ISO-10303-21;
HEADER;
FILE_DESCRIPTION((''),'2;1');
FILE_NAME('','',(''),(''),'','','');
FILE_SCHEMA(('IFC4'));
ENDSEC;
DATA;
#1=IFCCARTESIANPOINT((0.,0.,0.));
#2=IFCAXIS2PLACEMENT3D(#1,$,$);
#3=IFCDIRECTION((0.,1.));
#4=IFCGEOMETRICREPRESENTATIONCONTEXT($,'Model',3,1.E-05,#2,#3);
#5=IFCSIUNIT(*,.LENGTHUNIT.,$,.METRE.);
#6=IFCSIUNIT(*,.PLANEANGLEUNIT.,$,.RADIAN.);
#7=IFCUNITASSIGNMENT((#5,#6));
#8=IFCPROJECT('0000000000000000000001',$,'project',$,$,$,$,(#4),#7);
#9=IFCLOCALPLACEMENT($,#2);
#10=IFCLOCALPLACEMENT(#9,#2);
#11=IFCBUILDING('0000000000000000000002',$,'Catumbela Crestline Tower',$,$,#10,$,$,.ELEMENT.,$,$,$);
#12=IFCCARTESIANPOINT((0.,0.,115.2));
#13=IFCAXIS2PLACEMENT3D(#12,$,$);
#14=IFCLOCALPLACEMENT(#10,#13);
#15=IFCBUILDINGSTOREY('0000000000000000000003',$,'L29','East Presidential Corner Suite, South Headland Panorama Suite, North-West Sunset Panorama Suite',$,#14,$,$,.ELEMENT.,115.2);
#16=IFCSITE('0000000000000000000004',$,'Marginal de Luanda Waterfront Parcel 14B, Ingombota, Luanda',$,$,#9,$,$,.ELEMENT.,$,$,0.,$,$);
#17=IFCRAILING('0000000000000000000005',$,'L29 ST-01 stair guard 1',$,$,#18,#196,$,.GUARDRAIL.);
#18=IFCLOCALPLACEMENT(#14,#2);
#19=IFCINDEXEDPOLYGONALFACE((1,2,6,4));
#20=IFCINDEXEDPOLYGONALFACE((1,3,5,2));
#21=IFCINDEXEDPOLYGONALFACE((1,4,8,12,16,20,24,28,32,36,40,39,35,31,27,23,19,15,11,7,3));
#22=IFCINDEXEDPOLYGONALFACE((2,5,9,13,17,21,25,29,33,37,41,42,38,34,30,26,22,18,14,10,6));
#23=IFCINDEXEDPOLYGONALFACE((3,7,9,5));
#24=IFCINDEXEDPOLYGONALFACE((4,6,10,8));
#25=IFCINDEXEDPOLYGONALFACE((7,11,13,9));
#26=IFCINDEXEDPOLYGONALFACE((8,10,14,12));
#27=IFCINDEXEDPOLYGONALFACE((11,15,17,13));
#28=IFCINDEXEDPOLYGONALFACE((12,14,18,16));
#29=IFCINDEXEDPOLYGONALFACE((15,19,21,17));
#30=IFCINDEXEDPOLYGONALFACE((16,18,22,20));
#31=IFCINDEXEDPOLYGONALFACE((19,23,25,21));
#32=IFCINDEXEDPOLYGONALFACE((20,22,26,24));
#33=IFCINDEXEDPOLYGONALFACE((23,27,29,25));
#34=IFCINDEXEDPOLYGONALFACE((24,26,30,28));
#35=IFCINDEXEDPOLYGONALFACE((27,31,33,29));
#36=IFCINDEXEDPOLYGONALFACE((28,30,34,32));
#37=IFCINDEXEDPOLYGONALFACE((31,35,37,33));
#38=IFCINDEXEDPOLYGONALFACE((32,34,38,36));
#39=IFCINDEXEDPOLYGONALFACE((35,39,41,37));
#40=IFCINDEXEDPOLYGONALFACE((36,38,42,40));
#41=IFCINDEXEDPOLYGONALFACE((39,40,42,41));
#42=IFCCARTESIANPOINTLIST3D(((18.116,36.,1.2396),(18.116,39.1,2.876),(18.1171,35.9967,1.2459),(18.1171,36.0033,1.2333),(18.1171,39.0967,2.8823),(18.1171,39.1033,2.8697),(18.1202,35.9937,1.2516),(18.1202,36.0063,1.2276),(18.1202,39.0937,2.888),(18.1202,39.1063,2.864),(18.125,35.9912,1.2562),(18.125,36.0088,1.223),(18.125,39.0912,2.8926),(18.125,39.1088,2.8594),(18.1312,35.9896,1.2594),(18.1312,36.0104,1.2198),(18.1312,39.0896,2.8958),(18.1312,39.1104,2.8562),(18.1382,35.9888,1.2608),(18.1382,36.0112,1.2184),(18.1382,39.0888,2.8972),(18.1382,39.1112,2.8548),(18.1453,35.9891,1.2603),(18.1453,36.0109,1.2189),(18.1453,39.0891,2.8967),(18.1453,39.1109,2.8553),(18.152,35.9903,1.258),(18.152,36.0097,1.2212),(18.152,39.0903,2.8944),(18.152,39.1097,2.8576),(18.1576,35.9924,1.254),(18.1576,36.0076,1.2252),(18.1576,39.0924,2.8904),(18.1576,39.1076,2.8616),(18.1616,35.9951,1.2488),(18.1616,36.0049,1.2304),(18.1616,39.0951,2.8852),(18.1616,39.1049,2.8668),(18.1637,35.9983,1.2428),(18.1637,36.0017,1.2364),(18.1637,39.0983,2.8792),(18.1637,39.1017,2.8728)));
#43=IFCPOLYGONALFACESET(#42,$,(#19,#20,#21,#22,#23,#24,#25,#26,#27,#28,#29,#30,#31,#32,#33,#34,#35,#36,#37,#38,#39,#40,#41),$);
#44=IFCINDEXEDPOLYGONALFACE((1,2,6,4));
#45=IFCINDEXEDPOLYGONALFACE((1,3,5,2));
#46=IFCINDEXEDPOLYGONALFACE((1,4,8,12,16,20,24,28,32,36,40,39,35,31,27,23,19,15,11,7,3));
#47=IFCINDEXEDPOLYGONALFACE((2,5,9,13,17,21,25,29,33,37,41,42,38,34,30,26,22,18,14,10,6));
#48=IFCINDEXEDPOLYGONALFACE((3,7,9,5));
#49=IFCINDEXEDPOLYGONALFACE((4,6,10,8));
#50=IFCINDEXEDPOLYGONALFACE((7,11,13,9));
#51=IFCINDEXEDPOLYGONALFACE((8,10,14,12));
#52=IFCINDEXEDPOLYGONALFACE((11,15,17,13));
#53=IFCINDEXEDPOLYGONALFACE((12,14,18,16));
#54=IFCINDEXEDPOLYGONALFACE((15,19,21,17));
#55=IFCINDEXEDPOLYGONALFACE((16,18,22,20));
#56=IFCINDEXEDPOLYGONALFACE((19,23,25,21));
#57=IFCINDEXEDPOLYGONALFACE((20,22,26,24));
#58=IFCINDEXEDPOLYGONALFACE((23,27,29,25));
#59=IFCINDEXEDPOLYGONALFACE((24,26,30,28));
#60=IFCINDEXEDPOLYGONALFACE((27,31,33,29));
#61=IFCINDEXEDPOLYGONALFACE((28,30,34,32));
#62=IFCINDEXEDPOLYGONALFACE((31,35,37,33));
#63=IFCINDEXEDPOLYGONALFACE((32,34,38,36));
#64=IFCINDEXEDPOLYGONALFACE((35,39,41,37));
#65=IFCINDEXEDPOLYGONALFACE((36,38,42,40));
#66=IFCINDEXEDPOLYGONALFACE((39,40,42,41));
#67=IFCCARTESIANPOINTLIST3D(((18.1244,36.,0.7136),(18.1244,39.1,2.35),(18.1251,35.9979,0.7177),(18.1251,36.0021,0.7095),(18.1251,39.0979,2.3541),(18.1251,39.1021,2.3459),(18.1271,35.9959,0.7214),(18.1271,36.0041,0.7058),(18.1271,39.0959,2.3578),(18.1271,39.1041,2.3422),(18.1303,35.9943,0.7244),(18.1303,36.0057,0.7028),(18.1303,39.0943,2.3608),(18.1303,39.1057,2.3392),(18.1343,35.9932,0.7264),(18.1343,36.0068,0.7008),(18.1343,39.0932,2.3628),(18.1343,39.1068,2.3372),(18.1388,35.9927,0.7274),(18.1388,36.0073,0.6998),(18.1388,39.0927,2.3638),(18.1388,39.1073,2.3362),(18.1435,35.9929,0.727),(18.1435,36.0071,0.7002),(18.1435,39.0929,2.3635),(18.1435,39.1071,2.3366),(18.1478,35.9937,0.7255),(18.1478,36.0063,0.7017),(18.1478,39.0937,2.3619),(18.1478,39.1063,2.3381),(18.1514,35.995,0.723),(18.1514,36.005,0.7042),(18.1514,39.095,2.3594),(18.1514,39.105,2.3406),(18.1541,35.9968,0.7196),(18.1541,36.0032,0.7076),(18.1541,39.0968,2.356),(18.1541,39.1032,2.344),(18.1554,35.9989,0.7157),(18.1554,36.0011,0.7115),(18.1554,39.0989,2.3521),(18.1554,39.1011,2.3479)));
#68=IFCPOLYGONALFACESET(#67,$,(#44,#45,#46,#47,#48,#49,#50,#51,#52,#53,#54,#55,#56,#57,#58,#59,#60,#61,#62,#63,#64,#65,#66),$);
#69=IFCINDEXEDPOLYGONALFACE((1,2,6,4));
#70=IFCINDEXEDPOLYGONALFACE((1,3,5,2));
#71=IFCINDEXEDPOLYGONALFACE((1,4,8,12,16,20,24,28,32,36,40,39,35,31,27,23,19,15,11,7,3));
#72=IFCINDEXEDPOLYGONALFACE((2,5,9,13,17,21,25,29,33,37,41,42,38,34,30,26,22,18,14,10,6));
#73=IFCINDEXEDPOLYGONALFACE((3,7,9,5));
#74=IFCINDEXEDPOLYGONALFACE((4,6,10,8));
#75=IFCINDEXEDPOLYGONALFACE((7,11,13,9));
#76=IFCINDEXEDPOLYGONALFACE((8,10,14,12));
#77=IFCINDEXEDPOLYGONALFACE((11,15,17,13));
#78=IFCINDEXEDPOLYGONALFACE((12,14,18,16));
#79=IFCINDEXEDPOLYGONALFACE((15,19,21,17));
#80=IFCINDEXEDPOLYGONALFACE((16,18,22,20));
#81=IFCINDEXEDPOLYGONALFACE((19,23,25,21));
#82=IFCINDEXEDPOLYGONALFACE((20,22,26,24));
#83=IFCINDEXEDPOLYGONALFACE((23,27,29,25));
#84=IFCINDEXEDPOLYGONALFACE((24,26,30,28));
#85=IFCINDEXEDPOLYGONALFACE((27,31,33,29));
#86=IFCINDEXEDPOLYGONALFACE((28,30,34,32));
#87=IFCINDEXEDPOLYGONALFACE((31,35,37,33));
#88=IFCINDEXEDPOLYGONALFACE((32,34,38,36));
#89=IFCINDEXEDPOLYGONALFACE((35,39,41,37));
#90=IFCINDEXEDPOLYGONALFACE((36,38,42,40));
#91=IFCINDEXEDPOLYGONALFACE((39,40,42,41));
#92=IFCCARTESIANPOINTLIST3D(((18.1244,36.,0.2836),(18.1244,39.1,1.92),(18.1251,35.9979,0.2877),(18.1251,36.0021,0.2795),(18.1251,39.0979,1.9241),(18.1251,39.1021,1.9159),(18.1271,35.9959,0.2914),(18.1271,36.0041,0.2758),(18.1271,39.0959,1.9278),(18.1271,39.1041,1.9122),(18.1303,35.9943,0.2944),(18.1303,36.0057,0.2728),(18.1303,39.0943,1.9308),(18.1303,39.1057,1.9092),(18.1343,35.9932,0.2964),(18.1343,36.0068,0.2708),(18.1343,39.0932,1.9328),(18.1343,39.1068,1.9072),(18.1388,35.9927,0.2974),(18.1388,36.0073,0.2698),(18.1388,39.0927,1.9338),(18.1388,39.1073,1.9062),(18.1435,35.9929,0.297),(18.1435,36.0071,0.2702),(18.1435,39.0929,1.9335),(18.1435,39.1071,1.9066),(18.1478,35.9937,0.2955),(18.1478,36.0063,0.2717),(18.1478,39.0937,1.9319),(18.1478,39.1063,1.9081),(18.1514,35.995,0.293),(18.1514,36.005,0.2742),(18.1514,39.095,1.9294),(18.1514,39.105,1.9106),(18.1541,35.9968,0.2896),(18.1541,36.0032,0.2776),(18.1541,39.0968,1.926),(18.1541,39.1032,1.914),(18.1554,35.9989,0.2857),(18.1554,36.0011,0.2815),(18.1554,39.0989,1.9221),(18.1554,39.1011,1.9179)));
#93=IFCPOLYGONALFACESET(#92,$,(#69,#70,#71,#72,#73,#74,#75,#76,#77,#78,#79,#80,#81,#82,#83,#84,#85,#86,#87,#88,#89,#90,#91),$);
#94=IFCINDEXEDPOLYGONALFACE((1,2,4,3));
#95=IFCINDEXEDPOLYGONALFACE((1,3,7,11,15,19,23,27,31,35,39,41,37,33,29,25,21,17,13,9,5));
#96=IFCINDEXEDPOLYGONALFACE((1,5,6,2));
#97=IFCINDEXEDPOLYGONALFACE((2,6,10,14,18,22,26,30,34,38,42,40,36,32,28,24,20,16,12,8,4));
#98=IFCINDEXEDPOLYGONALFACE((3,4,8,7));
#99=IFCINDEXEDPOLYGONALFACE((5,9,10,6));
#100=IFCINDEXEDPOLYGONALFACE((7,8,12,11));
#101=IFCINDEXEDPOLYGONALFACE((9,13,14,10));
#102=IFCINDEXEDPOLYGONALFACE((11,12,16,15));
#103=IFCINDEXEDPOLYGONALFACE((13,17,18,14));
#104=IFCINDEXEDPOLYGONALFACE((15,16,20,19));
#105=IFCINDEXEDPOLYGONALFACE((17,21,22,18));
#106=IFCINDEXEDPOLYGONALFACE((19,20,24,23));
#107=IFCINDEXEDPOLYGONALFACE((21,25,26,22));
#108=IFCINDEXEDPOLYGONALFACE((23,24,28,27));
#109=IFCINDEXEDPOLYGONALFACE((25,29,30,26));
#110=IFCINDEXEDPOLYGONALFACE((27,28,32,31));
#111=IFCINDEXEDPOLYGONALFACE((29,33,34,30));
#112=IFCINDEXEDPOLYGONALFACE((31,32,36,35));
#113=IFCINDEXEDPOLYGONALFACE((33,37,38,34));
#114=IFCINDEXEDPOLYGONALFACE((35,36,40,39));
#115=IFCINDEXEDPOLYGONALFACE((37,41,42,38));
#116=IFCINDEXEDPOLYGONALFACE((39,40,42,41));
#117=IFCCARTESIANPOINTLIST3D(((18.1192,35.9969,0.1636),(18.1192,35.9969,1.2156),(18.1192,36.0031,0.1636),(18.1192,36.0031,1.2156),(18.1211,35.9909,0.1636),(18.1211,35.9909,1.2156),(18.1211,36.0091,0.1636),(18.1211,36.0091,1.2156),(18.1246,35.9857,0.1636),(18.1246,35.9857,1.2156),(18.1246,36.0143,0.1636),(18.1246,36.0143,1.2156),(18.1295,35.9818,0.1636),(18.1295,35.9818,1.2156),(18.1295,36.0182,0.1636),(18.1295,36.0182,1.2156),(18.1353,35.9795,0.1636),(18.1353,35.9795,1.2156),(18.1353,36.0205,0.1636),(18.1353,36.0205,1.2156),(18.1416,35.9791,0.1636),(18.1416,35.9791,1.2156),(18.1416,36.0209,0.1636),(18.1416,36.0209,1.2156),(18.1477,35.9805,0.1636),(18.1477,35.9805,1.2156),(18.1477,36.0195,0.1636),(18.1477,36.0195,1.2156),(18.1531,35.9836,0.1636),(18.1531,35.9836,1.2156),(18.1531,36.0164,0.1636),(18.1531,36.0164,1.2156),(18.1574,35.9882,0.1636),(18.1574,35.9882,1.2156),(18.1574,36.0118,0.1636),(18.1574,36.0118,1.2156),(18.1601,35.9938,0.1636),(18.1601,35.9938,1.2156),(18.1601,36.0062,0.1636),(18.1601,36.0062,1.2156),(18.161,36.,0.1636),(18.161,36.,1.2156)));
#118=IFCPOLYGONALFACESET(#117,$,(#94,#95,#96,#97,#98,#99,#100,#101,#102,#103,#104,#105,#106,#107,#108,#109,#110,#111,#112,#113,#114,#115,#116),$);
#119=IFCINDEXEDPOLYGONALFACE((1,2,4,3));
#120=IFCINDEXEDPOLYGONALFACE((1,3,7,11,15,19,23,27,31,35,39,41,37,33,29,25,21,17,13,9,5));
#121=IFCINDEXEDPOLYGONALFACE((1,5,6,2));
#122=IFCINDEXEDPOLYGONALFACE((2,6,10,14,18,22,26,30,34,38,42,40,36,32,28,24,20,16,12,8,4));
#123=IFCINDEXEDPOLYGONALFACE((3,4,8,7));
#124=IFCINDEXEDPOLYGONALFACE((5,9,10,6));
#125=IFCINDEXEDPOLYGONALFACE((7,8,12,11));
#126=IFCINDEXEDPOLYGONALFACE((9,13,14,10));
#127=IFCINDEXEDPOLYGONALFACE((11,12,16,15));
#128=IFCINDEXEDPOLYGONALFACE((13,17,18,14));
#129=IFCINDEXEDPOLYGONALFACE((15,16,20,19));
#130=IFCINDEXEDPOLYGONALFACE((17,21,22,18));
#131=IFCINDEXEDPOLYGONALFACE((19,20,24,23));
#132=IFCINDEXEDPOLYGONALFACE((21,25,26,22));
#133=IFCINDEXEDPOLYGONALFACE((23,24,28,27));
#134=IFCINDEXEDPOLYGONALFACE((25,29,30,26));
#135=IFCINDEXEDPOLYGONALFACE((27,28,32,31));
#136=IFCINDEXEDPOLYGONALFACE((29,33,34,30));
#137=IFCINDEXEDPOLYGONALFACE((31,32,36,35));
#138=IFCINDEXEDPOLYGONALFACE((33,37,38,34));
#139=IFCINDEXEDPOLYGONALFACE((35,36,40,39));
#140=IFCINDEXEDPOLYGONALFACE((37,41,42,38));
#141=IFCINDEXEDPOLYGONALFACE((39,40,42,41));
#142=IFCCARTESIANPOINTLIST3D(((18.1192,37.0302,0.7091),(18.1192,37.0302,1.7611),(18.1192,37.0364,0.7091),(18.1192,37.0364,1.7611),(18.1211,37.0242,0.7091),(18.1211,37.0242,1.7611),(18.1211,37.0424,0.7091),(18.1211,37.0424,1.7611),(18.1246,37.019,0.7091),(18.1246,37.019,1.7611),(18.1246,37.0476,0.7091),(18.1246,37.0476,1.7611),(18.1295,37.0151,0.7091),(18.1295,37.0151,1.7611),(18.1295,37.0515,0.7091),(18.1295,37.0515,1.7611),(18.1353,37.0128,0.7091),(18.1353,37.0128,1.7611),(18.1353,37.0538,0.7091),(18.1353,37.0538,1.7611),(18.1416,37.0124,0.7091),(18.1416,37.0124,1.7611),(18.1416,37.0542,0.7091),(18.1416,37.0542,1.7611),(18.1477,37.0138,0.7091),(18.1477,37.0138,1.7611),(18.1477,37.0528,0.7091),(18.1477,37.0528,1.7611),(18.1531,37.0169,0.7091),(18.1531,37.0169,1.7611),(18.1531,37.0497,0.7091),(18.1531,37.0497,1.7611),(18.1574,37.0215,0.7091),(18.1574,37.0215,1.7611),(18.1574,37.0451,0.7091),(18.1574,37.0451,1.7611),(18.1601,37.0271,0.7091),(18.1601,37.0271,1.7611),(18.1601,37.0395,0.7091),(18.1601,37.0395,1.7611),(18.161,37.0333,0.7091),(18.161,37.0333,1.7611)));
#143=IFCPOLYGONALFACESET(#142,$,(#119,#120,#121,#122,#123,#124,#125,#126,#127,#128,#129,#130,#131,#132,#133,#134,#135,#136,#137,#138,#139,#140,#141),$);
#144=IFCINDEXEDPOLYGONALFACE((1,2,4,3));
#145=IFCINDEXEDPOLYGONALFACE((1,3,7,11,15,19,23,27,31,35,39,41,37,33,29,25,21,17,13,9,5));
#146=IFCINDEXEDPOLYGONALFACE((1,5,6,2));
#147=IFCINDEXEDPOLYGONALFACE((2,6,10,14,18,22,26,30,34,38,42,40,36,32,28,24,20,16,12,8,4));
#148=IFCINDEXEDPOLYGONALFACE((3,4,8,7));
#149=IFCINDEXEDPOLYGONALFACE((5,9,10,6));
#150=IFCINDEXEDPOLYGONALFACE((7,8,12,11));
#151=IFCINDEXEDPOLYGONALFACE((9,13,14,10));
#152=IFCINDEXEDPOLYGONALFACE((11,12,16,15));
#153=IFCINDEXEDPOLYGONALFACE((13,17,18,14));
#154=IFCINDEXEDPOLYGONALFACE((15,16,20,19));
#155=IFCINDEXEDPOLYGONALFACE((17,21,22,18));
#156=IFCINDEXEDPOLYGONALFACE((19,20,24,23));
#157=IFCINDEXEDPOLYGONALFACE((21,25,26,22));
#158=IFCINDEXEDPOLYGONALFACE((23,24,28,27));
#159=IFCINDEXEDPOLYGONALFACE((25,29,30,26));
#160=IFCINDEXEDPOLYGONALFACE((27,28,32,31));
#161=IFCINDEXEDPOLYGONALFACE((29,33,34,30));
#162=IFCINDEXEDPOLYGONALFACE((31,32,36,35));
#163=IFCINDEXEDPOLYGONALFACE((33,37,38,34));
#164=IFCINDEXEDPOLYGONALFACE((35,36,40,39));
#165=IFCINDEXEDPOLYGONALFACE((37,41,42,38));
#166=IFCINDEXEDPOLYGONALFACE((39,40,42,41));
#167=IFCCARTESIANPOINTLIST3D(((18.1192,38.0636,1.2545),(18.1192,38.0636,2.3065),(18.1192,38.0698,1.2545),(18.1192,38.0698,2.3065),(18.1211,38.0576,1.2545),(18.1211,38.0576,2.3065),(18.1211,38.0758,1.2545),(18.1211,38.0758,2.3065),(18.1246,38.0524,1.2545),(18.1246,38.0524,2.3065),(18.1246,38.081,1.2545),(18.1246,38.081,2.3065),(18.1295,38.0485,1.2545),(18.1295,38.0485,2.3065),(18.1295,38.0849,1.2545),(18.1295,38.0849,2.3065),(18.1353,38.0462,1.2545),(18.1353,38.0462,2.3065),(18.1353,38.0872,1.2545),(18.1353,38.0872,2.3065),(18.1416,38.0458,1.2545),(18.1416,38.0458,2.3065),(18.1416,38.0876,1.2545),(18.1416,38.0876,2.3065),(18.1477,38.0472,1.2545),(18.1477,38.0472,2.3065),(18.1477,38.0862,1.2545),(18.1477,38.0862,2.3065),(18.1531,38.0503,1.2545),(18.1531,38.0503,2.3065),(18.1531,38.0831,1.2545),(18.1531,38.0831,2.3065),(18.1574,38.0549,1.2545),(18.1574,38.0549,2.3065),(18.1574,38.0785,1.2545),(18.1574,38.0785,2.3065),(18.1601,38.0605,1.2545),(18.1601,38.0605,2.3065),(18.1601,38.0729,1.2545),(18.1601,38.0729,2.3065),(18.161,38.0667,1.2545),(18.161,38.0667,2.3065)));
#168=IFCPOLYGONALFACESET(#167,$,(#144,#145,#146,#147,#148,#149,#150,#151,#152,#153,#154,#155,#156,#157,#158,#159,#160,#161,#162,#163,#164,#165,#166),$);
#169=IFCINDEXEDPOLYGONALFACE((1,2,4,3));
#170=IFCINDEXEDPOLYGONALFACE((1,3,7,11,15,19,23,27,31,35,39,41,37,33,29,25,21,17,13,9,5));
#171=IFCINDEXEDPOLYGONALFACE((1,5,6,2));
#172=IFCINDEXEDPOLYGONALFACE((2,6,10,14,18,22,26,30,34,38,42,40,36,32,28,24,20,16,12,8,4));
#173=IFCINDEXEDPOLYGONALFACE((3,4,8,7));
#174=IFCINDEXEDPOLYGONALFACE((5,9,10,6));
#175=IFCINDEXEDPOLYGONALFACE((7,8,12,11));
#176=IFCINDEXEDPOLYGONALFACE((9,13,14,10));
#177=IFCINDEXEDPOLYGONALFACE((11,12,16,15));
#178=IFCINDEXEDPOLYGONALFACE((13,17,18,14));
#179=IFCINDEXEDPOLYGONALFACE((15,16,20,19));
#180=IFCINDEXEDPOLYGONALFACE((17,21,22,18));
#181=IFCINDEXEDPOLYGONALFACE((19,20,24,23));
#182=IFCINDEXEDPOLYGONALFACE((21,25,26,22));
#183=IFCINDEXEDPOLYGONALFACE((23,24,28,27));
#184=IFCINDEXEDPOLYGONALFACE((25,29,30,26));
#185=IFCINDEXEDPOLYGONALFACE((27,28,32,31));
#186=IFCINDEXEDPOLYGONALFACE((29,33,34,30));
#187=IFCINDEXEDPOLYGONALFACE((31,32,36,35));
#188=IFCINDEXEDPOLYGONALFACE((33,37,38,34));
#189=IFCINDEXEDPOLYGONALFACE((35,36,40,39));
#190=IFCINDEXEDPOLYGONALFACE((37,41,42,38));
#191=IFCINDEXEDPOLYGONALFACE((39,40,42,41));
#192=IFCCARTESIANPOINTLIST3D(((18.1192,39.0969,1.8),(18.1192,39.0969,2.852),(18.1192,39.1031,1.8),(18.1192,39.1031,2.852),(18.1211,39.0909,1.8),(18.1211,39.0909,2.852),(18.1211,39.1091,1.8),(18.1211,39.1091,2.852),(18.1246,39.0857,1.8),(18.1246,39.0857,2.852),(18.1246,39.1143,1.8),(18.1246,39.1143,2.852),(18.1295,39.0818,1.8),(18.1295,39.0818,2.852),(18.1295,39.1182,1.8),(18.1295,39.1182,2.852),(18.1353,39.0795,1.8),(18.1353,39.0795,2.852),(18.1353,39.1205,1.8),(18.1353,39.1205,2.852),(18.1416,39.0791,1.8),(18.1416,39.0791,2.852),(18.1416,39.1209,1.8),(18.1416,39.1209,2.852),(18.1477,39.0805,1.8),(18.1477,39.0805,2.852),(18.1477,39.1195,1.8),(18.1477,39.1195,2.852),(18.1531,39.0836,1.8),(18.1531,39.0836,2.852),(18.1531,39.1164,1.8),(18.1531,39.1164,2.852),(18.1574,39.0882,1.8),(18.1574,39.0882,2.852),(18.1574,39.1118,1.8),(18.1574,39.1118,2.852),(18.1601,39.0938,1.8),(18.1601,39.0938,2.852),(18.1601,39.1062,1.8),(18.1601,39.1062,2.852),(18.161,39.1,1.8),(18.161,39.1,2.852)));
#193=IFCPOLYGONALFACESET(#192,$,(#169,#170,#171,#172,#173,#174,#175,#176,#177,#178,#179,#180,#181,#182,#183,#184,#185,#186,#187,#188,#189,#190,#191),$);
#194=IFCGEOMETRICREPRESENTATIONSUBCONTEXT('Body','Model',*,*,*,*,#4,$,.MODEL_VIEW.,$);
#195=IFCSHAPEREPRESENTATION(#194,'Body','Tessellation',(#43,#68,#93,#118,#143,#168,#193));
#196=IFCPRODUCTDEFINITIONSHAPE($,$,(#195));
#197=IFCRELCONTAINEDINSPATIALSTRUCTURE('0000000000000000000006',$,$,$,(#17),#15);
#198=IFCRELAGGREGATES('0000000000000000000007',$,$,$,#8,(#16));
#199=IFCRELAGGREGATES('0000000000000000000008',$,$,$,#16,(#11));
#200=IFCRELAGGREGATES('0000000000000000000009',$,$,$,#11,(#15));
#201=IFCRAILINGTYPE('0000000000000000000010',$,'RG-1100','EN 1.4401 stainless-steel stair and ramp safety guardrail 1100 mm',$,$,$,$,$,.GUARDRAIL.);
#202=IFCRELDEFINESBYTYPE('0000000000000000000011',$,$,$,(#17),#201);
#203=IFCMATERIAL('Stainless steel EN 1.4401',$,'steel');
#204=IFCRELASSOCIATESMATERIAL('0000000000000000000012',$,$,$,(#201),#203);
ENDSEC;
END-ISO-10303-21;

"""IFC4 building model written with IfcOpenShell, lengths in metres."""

from ifc_helpers import new_model, si_unit, direction, frame, origin, origin_2d, place, context, subcontext, project, spatial, circle, extrude, material, type_object, element, save


model = new_model("IFC4")

# Units and contexts
model_context = context("Model", 3, precision=1e-05, world=origin(), true_north=direction((0.0, 1.0)))
body_context = subcontext(model_context, "Body", "Model", "MODEL_VIEW")
ifc_project = project(units=[si_unit("LENGTHUNIT", "METRE"), si_unit("PLANEANGLEUNIT", "RADIAN")], contexts=[model_context])

# Site, building, storey
site_placement = place(None, origin())
site = spatial("IfcSite", under=ifc_project, at=site_placement, Name="Marginal de Luanda Waterfront Parcel 14B, Ingombota, Luanda", CompositionType="ELEMENT", RefElevation=0.0)
building_placement = place(site_placement, origin())
building = spatial("IfcBuilding", under=site, at=building_placement, Name="Catumbela Crestline Tower", CompositionType="ELEMENT")
storey_placement = place(building_placement, frame((0.0, 0.0, 115.2)))
storey = spatial("IfcBuildingStorey", under=building, at=storey_placement, Name="L29", Description="East Presidential Corner Suite, South Headland Panorama Suite, North-West Sunset Panorama Suite", CompositionType="ELEMENT", Elevation=115.2)

# Railing
ifc_material_1 = material(Name="Stainless steel EN 1.4401", Category="steel")
railing_type_1 = type_object("IfcRailingType", Name="RG-1100", Description="EN 1.4401 stainless-steel stair and ramp safety guardrail 1100 mm", PredefinedType="GUARDRAIL", material=ifc_material_1)
railing_1_placement = place(storey_placement, frame((18.14, 36.0, 0.1636)))
element("IfcRailing", 1, at=railing_1_placement, inside=storey, type_object=railing_type_1, Name="L29 ST-01 stair guard 1", PredefinedType="GUARDRAIL", context=body_context, shape_type="SweptSolid", body=[
    extrude(circle(Radius=0.024, at=origin_2d()), frame((0.0, 0.0, 1.076), z_axis=(0.0, 0.884351, 0.466823), x_axis=(-1.0, 0.0, 0.0)), (0.0, 0.0, 1.0), 3.5054),
    extrude(circle(Radius=0.0156, at=origin_2d()), frame((0.0, 0.0, 0.55), z_axis=(0.0, 0.884351, 0.466823), x_axis=(-1.0, 0.0, 0.0)), (0.0, 0.0, 1.0), 3.5054),
    extrude(circle(Radius=0.0156, at=origin_2d()), frame((0.0, 0.0, 0.12), z_axis=(0.0, 0.884351, 0.466823), x_axis=(-1.0, 0.0, 0.0)), (0.0, 0.0, 1.0), 3.5054),
    extrude(circle(Radius=0.021, at=origin_2d()), origin(), (0.0, 0.0, 1.0), 1.052),
    extrude(circle(Radius=0.021, at=origin_2d()), frame((0.0, 1.0333, 0.5455)), (0.0, 0.0, 1.0), 1.052),
    extrude(circle(Radius=0.021, at=origin_2d()), frame((0.0, 2.0667, 1.0909)), (0.0, 0.0, 1.0), 1.052),
    extrude(circle(Radius=0.021, at=origin_2d()), frame((0.0, 3.1, 1.6364)), (0.0, 0.0, 1.0), 1.052),
])

save(model, "model.ifc")
